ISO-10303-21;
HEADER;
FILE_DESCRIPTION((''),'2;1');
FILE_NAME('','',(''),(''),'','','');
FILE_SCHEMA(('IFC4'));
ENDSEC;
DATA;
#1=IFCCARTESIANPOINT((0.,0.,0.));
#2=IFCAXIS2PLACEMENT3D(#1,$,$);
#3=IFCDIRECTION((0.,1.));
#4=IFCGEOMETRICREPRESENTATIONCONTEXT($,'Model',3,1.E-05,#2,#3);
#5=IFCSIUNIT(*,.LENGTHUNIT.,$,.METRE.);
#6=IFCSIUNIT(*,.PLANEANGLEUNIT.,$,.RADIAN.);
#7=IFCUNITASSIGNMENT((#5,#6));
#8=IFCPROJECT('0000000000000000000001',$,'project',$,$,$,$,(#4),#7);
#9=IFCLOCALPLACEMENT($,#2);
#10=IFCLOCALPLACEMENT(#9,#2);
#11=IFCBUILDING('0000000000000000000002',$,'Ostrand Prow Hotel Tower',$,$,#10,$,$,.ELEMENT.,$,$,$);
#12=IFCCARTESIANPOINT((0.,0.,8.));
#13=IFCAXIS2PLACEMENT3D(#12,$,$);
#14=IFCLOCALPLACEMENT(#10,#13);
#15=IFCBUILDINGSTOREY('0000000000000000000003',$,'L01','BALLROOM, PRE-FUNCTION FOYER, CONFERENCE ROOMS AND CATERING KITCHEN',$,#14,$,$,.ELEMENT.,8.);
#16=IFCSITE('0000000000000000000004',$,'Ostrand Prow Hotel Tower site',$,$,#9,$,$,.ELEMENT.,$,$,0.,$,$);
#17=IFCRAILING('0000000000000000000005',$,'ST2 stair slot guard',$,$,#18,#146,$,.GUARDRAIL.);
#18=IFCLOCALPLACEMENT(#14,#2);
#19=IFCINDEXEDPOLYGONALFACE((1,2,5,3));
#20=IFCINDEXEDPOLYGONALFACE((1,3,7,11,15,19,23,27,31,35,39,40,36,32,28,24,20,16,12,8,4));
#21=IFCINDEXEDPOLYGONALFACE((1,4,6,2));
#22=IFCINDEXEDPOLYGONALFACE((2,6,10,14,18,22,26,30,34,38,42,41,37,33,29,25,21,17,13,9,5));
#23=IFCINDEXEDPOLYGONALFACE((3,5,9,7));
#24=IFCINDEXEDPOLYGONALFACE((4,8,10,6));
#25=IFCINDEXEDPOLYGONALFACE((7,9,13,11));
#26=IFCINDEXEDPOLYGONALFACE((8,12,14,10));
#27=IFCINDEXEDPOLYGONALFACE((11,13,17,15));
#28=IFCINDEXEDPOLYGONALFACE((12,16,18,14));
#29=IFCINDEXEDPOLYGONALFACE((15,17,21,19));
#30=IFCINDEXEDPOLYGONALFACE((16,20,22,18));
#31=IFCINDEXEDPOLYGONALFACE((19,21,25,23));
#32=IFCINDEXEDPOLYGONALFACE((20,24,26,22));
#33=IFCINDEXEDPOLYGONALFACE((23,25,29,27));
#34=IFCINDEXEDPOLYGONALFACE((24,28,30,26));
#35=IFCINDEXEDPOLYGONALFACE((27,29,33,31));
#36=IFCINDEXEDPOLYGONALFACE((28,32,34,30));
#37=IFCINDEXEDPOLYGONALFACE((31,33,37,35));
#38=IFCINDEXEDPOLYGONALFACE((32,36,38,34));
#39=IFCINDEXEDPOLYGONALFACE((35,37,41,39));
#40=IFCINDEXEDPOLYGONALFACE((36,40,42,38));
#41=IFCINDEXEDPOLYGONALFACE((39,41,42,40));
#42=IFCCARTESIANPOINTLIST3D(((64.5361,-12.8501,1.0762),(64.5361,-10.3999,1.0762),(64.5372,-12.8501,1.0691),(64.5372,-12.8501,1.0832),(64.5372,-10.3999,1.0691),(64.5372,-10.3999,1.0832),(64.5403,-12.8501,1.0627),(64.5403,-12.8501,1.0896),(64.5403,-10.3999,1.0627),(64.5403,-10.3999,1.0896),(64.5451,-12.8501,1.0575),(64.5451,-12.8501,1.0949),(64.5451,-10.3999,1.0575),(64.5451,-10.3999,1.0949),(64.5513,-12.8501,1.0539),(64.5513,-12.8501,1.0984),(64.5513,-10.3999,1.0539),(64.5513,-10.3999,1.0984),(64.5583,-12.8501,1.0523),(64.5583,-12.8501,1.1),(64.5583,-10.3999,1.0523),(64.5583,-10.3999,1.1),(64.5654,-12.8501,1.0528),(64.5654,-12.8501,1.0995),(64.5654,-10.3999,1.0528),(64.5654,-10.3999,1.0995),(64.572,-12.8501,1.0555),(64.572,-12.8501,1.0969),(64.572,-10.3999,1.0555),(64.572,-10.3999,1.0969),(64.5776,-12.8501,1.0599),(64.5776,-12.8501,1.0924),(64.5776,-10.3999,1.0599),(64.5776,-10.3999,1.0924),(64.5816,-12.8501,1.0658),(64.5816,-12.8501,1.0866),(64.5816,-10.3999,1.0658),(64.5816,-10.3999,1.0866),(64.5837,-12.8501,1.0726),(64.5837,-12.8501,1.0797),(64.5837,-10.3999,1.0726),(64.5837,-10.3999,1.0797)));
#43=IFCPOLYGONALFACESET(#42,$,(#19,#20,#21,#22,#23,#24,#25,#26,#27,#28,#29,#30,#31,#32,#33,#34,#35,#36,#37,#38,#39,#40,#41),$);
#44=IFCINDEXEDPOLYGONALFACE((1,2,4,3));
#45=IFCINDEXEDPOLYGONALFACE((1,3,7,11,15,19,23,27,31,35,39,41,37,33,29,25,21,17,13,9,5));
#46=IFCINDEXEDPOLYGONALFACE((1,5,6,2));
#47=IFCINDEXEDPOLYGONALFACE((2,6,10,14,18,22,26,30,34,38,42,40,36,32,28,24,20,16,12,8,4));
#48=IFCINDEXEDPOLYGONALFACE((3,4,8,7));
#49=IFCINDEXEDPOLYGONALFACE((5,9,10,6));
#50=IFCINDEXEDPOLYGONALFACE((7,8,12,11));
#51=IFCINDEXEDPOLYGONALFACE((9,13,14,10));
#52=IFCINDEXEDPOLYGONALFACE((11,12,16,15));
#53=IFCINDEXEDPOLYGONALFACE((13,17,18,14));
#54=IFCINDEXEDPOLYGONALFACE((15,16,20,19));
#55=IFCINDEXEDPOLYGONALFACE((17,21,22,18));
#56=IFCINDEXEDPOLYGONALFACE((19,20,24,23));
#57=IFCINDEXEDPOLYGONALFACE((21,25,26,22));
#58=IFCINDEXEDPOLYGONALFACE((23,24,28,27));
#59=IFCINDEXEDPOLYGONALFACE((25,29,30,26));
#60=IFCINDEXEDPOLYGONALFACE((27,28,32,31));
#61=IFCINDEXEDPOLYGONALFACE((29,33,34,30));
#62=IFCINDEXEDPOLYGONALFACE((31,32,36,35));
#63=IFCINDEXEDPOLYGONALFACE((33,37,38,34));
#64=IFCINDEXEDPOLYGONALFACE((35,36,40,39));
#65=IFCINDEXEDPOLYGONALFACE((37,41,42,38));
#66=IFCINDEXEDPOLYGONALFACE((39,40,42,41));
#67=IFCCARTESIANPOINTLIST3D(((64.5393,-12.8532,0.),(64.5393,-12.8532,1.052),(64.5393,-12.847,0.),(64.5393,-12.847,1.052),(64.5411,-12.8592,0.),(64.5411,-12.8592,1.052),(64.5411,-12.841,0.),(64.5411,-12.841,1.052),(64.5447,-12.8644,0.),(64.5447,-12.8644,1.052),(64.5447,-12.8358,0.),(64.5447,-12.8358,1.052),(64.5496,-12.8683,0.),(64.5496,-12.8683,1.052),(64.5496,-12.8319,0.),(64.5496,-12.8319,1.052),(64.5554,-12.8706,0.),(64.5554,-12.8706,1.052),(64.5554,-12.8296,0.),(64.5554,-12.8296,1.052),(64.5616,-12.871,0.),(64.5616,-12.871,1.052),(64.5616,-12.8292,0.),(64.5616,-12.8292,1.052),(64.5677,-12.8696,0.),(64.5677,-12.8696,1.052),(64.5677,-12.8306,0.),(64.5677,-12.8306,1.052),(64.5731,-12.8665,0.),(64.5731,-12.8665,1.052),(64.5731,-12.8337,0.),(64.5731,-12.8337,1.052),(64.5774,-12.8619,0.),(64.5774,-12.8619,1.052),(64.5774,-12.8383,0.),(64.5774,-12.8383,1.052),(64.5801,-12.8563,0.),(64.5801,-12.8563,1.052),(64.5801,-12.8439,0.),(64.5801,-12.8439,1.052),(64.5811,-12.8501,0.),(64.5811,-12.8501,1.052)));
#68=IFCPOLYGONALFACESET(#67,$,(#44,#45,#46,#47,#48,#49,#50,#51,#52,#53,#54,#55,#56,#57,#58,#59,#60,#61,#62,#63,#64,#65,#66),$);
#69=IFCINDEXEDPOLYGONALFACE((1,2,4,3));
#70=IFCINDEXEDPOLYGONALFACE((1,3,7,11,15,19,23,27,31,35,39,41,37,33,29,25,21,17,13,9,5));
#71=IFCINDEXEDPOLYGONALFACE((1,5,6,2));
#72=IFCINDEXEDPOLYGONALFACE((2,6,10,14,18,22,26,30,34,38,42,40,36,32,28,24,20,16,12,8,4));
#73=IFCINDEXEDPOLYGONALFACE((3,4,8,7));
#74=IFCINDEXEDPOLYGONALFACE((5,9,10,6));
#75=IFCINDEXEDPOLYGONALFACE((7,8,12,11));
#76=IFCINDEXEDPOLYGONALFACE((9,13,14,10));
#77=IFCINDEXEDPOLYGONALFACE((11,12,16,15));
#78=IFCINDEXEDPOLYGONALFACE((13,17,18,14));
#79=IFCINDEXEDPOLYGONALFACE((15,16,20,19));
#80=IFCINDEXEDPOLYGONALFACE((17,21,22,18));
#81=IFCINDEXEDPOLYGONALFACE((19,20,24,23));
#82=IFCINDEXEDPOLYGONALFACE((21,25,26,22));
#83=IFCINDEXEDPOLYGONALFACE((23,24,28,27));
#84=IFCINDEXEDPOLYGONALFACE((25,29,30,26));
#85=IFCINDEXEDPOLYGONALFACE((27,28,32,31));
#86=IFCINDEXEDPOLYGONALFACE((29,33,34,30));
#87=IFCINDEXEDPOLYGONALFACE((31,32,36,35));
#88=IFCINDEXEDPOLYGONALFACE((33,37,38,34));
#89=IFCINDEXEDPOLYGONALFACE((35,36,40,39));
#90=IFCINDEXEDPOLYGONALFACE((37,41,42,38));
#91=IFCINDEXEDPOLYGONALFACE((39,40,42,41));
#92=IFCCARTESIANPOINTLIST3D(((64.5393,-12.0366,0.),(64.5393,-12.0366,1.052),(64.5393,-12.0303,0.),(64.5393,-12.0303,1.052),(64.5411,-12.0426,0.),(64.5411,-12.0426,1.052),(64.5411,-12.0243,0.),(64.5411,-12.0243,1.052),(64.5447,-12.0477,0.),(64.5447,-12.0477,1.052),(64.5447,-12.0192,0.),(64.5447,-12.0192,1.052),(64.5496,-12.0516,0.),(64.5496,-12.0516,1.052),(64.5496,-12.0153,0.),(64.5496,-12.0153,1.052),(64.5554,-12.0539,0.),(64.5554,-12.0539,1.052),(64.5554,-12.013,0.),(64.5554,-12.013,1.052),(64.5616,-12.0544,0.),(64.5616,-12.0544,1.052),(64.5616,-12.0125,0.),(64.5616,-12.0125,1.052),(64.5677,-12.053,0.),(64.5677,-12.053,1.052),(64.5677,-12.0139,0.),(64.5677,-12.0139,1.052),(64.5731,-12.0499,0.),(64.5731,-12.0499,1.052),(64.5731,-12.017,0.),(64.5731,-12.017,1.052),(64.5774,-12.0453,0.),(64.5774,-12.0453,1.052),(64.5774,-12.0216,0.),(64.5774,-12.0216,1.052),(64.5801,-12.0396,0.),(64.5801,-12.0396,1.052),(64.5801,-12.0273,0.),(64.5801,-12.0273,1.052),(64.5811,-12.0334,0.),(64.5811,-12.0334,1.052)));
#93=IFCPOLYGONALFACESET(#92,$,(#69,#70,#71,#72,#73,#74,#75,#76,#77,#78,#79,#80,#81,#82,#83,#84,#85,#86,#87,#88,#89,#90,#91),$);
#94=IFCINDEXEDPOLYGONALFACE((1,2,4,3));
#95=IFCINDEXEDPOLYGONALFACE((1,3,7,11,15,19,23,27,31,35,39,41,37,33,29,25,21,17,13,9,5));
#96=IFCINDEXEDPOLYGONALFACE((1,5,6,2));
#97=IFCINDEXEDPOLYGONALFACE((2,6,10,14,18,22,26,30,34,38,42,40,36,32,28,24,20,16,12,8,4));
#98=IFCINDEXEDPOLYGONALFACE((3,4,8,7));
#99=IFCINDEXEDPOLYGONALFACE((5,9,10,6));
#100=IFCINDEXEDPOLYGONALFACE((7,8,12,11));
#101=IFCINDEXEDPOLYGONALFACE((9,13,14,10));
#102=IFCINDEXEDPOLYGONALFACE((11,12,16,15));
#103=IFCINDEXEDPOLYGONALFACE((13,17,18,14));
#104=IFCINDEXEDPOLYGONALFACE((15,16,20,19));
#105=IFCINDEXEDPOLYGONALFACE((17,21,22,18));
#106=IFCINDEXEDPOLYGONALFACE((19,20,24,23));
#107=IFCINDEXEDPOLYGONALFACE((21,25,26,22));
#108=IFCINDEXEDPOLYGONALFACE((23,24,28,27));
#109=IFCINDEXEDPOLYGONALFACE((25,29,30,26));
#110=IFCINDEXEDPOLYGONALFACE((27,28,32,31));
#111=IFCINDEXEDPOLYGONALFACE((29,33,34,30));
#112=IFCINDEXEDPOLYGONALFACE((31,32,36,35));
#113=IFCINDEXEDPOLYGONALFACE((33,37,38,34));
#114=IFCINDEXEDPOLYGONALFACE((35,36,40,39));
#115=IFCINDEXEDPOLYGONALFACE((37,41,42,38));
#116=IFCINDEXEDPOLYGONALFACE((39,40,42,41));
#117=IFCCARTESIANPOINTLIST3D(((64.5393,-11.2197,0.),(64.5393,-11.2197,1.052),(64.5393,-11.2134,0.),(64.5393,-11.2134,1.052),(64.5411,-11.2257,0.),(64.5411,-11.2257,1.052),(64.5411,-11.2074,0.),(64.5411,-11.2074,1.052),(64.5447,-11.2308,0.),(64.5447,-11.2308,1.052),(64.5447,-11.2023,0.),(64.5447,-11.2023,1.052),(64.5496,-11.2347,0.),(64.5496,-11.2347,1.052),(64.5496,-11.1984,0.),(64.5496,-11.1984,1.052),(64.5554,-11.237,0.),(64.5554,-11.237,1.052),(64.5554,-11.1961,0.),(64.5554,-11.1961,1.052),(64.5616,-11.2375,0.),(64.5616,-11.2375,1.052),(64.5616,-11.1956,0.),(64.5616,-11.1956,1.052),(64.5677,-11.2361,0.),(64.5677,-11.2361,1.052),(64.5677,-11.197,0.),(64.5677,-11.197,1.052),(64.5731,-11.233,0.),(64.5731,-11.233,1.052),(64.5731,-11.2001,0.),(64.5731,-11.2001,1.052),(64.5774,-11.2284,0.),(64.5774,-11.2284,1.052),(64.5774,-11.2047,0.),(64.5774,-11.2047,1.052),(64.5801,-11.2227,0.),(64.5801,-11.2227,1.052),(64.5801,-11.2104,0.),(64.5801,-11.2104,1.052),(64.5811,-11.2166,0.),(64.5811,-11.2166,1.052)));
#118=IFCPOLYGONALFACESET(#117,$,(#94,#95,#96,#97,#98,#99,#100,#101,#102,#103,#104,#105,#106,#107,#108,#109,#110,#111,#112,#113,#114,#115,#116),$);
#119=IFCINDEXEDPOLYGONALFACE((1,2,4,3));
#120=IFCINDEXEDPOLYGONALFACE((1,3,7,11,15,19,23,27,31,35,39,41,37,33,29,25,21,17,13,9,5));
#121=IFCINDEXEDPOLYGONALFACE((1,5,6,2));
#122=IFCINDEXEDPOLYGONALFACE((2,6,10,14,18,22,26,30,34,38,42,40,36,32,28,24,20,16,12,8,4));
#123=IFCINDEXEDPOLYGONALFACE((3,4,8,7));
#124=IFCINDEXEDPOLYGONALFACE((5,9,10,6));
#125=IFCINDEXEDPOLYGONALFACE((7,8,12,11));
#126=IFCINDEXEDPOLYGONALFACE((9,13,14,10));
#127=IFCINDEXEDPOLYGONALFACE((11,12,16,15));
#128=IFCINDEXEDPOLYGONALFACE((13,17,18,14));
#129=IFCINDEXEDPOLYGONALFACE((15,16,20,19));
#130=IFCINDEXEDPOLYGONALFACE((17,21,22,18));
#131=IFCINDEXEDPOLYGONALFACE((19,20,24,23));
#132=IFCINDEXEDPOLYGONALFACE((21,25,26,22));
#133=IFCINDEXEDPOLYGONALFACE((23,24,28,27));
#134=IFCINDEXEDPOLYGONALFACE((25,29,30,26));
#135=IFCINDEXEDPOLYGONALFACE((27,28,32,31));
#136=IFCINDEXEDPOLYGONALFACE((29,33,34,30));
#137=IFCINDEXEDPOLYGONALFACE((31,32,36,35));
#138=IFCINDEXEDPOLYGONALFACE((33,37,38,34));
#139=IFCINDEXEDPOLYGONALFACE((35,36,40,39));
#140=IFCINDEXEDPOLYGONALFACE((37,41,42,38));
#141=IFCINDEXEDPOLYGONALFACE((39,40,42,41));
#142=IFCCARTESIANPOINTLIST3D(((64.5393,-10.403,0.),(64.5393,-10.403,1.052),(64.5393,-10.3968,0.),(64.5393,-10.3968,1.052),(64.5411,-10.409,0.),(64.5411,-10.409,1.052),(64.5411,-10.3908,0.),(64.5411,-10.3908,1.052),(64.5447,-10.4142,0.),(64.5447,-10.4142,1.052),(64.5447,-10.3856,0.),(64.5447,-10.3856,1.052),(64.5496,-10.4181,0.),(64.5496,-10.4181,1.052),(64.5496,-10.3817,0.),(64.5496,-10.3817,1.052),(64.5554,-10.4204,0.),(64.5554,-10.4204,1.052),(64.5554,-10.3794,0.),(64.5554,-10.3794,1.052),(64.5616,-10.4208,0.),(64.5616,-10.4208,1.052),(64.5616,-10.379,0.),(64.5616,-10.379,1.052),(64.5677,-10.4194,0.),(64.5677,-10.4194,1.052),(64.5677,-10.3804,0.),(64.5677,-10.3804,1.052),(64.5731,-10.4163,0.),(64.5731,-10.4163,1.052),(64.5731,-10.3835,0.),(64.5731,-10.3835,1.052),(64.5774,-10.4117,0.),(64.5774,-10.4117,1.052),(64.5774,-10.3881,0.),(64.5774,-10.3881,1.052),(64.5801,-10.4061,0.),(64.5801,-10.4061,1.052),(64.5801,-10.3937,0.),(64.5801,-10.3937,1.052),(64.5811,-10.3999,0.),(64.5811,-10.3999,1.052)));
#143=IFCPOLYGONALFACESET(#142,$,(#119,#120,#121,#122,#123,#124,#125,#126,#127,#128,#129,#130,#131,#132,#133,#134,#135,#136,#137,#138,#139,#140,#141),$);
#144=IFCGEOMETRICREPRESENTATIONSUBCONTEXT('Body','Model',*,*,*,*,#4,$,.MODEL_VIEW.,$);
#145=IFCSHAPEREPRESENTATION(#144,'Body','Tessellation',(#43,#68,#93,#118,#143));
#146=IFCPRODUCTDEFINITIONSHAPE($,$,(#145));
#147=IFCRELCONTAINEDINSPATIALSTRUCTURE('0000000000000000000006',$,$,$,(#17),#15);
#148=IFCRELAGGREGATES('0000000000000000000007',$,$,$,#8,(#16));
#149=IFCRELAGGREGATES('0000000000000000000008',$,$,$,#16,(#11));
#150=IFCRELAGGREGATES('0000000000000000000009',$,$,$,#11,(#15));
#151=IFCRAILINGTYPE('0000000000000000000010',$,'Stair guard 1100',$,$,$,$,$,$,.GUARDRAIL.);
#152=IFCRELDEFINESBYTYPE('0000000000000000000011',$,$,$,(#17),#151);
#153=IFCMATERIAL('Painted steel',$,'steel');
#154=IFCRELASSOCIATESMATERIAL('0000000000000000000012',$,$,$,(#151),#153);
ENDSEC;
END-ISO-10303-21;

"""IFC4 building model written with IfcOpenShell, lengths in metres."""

from ifc_helpers import new_model, si_unit, direction, frame, origin, origin_2d, place, context, subcontext, project, spatial, circle, extrude, material, type_object, element, save


model = new_model("IFC4")

# Units and contexts
model_context = context("Model", 3, precision=1e-05, world=origin(), true_north=direction((0.0, 1.0)))
body_context = subcontext(model_context, "Body", "Model", "MODEL_VIEW")
ifc_project = project(units=[si_unit("LENGTHUNIT", "METRE"), si_unit("PLANEANGLEUNIT", "RADIAN")], contexts=[model_context])

# Site, building, storey
site_placement = place(None, origin())
site = spatial("IfcSite", under=ifc_project, at=site_placement, Name="Ostrand Prow Hotel Tower site", CompositionType="ELEMENT", RefElevation=0.0)
building_placement = place(site_placement, origin())
building = spatial("IfcBuilding", under=site, at=building_placement, Name="Ostrand Prow Hotel Tower", CompositionType="ELEMENT")
storey_placement = place(building_placement, frame((0.0, 0.0, 8.0)))
storey = spatial("IfcBuildingStorey", under=building, at=storey_placement, Name="L01", Description="BALLROOM, PRE-FUNCTION FOYER, CONFERENCE ROOMS AND CATERING KITCHEN", CompositionType="ELEMENT", Elevation=8.0)

# Railing
ifc_material_1 = material(Name="Painted steel", Category="steel")
railing_type_1 = type_object("IfcRailingType", Name="Stair guard 1100", PredefinedType="GUARDRAIL", material=ifc_material_1)
railing_1_placement = place(storey_placement, frame((64.5601, -12.8501, 0.0)))
element("IfcRailing", 1, at=railing_1_placement, inside=storey, type_object=railing_type_1, Name="ST2 stair slot guard", PredefinedType="GUARDRAIL", context=body_context, shape_type="SweptSolid", body=[
    extrude(circle(Radius=0.0239, at=origin_2d()), frame((0.0, 0.0, 1.0762), z_axis=(0.0, 1.0, 0.0), x_axis=(-1.0, 0.0, 0.0)), (0.0, 0.0, 1.0), 2.4502),
    extrude(circle(Radius=0.021, at=origin_2d()), origin(), (0.0, 0.0, 1.0), 1.052),
    extrude(circle(Radius=0.021, at=origin_2d()), frame((0.0, 0.8167, 0.0)), (0.0, 0.0, 1.0), 1.052),
    extrude(circle(Radius=0.021, at=origin_2d()), frame((0.0, 1.6335, 0.0)), (0.0, 0.0, 1.0), 1.052),
    extrude(circle(Radius=0.021, at=origin_2d()), frame((0.0, 2.4502, 0.0)), (0.0, 0.0, 1.0), 1.052),
])

save(model, "model.ifc")
